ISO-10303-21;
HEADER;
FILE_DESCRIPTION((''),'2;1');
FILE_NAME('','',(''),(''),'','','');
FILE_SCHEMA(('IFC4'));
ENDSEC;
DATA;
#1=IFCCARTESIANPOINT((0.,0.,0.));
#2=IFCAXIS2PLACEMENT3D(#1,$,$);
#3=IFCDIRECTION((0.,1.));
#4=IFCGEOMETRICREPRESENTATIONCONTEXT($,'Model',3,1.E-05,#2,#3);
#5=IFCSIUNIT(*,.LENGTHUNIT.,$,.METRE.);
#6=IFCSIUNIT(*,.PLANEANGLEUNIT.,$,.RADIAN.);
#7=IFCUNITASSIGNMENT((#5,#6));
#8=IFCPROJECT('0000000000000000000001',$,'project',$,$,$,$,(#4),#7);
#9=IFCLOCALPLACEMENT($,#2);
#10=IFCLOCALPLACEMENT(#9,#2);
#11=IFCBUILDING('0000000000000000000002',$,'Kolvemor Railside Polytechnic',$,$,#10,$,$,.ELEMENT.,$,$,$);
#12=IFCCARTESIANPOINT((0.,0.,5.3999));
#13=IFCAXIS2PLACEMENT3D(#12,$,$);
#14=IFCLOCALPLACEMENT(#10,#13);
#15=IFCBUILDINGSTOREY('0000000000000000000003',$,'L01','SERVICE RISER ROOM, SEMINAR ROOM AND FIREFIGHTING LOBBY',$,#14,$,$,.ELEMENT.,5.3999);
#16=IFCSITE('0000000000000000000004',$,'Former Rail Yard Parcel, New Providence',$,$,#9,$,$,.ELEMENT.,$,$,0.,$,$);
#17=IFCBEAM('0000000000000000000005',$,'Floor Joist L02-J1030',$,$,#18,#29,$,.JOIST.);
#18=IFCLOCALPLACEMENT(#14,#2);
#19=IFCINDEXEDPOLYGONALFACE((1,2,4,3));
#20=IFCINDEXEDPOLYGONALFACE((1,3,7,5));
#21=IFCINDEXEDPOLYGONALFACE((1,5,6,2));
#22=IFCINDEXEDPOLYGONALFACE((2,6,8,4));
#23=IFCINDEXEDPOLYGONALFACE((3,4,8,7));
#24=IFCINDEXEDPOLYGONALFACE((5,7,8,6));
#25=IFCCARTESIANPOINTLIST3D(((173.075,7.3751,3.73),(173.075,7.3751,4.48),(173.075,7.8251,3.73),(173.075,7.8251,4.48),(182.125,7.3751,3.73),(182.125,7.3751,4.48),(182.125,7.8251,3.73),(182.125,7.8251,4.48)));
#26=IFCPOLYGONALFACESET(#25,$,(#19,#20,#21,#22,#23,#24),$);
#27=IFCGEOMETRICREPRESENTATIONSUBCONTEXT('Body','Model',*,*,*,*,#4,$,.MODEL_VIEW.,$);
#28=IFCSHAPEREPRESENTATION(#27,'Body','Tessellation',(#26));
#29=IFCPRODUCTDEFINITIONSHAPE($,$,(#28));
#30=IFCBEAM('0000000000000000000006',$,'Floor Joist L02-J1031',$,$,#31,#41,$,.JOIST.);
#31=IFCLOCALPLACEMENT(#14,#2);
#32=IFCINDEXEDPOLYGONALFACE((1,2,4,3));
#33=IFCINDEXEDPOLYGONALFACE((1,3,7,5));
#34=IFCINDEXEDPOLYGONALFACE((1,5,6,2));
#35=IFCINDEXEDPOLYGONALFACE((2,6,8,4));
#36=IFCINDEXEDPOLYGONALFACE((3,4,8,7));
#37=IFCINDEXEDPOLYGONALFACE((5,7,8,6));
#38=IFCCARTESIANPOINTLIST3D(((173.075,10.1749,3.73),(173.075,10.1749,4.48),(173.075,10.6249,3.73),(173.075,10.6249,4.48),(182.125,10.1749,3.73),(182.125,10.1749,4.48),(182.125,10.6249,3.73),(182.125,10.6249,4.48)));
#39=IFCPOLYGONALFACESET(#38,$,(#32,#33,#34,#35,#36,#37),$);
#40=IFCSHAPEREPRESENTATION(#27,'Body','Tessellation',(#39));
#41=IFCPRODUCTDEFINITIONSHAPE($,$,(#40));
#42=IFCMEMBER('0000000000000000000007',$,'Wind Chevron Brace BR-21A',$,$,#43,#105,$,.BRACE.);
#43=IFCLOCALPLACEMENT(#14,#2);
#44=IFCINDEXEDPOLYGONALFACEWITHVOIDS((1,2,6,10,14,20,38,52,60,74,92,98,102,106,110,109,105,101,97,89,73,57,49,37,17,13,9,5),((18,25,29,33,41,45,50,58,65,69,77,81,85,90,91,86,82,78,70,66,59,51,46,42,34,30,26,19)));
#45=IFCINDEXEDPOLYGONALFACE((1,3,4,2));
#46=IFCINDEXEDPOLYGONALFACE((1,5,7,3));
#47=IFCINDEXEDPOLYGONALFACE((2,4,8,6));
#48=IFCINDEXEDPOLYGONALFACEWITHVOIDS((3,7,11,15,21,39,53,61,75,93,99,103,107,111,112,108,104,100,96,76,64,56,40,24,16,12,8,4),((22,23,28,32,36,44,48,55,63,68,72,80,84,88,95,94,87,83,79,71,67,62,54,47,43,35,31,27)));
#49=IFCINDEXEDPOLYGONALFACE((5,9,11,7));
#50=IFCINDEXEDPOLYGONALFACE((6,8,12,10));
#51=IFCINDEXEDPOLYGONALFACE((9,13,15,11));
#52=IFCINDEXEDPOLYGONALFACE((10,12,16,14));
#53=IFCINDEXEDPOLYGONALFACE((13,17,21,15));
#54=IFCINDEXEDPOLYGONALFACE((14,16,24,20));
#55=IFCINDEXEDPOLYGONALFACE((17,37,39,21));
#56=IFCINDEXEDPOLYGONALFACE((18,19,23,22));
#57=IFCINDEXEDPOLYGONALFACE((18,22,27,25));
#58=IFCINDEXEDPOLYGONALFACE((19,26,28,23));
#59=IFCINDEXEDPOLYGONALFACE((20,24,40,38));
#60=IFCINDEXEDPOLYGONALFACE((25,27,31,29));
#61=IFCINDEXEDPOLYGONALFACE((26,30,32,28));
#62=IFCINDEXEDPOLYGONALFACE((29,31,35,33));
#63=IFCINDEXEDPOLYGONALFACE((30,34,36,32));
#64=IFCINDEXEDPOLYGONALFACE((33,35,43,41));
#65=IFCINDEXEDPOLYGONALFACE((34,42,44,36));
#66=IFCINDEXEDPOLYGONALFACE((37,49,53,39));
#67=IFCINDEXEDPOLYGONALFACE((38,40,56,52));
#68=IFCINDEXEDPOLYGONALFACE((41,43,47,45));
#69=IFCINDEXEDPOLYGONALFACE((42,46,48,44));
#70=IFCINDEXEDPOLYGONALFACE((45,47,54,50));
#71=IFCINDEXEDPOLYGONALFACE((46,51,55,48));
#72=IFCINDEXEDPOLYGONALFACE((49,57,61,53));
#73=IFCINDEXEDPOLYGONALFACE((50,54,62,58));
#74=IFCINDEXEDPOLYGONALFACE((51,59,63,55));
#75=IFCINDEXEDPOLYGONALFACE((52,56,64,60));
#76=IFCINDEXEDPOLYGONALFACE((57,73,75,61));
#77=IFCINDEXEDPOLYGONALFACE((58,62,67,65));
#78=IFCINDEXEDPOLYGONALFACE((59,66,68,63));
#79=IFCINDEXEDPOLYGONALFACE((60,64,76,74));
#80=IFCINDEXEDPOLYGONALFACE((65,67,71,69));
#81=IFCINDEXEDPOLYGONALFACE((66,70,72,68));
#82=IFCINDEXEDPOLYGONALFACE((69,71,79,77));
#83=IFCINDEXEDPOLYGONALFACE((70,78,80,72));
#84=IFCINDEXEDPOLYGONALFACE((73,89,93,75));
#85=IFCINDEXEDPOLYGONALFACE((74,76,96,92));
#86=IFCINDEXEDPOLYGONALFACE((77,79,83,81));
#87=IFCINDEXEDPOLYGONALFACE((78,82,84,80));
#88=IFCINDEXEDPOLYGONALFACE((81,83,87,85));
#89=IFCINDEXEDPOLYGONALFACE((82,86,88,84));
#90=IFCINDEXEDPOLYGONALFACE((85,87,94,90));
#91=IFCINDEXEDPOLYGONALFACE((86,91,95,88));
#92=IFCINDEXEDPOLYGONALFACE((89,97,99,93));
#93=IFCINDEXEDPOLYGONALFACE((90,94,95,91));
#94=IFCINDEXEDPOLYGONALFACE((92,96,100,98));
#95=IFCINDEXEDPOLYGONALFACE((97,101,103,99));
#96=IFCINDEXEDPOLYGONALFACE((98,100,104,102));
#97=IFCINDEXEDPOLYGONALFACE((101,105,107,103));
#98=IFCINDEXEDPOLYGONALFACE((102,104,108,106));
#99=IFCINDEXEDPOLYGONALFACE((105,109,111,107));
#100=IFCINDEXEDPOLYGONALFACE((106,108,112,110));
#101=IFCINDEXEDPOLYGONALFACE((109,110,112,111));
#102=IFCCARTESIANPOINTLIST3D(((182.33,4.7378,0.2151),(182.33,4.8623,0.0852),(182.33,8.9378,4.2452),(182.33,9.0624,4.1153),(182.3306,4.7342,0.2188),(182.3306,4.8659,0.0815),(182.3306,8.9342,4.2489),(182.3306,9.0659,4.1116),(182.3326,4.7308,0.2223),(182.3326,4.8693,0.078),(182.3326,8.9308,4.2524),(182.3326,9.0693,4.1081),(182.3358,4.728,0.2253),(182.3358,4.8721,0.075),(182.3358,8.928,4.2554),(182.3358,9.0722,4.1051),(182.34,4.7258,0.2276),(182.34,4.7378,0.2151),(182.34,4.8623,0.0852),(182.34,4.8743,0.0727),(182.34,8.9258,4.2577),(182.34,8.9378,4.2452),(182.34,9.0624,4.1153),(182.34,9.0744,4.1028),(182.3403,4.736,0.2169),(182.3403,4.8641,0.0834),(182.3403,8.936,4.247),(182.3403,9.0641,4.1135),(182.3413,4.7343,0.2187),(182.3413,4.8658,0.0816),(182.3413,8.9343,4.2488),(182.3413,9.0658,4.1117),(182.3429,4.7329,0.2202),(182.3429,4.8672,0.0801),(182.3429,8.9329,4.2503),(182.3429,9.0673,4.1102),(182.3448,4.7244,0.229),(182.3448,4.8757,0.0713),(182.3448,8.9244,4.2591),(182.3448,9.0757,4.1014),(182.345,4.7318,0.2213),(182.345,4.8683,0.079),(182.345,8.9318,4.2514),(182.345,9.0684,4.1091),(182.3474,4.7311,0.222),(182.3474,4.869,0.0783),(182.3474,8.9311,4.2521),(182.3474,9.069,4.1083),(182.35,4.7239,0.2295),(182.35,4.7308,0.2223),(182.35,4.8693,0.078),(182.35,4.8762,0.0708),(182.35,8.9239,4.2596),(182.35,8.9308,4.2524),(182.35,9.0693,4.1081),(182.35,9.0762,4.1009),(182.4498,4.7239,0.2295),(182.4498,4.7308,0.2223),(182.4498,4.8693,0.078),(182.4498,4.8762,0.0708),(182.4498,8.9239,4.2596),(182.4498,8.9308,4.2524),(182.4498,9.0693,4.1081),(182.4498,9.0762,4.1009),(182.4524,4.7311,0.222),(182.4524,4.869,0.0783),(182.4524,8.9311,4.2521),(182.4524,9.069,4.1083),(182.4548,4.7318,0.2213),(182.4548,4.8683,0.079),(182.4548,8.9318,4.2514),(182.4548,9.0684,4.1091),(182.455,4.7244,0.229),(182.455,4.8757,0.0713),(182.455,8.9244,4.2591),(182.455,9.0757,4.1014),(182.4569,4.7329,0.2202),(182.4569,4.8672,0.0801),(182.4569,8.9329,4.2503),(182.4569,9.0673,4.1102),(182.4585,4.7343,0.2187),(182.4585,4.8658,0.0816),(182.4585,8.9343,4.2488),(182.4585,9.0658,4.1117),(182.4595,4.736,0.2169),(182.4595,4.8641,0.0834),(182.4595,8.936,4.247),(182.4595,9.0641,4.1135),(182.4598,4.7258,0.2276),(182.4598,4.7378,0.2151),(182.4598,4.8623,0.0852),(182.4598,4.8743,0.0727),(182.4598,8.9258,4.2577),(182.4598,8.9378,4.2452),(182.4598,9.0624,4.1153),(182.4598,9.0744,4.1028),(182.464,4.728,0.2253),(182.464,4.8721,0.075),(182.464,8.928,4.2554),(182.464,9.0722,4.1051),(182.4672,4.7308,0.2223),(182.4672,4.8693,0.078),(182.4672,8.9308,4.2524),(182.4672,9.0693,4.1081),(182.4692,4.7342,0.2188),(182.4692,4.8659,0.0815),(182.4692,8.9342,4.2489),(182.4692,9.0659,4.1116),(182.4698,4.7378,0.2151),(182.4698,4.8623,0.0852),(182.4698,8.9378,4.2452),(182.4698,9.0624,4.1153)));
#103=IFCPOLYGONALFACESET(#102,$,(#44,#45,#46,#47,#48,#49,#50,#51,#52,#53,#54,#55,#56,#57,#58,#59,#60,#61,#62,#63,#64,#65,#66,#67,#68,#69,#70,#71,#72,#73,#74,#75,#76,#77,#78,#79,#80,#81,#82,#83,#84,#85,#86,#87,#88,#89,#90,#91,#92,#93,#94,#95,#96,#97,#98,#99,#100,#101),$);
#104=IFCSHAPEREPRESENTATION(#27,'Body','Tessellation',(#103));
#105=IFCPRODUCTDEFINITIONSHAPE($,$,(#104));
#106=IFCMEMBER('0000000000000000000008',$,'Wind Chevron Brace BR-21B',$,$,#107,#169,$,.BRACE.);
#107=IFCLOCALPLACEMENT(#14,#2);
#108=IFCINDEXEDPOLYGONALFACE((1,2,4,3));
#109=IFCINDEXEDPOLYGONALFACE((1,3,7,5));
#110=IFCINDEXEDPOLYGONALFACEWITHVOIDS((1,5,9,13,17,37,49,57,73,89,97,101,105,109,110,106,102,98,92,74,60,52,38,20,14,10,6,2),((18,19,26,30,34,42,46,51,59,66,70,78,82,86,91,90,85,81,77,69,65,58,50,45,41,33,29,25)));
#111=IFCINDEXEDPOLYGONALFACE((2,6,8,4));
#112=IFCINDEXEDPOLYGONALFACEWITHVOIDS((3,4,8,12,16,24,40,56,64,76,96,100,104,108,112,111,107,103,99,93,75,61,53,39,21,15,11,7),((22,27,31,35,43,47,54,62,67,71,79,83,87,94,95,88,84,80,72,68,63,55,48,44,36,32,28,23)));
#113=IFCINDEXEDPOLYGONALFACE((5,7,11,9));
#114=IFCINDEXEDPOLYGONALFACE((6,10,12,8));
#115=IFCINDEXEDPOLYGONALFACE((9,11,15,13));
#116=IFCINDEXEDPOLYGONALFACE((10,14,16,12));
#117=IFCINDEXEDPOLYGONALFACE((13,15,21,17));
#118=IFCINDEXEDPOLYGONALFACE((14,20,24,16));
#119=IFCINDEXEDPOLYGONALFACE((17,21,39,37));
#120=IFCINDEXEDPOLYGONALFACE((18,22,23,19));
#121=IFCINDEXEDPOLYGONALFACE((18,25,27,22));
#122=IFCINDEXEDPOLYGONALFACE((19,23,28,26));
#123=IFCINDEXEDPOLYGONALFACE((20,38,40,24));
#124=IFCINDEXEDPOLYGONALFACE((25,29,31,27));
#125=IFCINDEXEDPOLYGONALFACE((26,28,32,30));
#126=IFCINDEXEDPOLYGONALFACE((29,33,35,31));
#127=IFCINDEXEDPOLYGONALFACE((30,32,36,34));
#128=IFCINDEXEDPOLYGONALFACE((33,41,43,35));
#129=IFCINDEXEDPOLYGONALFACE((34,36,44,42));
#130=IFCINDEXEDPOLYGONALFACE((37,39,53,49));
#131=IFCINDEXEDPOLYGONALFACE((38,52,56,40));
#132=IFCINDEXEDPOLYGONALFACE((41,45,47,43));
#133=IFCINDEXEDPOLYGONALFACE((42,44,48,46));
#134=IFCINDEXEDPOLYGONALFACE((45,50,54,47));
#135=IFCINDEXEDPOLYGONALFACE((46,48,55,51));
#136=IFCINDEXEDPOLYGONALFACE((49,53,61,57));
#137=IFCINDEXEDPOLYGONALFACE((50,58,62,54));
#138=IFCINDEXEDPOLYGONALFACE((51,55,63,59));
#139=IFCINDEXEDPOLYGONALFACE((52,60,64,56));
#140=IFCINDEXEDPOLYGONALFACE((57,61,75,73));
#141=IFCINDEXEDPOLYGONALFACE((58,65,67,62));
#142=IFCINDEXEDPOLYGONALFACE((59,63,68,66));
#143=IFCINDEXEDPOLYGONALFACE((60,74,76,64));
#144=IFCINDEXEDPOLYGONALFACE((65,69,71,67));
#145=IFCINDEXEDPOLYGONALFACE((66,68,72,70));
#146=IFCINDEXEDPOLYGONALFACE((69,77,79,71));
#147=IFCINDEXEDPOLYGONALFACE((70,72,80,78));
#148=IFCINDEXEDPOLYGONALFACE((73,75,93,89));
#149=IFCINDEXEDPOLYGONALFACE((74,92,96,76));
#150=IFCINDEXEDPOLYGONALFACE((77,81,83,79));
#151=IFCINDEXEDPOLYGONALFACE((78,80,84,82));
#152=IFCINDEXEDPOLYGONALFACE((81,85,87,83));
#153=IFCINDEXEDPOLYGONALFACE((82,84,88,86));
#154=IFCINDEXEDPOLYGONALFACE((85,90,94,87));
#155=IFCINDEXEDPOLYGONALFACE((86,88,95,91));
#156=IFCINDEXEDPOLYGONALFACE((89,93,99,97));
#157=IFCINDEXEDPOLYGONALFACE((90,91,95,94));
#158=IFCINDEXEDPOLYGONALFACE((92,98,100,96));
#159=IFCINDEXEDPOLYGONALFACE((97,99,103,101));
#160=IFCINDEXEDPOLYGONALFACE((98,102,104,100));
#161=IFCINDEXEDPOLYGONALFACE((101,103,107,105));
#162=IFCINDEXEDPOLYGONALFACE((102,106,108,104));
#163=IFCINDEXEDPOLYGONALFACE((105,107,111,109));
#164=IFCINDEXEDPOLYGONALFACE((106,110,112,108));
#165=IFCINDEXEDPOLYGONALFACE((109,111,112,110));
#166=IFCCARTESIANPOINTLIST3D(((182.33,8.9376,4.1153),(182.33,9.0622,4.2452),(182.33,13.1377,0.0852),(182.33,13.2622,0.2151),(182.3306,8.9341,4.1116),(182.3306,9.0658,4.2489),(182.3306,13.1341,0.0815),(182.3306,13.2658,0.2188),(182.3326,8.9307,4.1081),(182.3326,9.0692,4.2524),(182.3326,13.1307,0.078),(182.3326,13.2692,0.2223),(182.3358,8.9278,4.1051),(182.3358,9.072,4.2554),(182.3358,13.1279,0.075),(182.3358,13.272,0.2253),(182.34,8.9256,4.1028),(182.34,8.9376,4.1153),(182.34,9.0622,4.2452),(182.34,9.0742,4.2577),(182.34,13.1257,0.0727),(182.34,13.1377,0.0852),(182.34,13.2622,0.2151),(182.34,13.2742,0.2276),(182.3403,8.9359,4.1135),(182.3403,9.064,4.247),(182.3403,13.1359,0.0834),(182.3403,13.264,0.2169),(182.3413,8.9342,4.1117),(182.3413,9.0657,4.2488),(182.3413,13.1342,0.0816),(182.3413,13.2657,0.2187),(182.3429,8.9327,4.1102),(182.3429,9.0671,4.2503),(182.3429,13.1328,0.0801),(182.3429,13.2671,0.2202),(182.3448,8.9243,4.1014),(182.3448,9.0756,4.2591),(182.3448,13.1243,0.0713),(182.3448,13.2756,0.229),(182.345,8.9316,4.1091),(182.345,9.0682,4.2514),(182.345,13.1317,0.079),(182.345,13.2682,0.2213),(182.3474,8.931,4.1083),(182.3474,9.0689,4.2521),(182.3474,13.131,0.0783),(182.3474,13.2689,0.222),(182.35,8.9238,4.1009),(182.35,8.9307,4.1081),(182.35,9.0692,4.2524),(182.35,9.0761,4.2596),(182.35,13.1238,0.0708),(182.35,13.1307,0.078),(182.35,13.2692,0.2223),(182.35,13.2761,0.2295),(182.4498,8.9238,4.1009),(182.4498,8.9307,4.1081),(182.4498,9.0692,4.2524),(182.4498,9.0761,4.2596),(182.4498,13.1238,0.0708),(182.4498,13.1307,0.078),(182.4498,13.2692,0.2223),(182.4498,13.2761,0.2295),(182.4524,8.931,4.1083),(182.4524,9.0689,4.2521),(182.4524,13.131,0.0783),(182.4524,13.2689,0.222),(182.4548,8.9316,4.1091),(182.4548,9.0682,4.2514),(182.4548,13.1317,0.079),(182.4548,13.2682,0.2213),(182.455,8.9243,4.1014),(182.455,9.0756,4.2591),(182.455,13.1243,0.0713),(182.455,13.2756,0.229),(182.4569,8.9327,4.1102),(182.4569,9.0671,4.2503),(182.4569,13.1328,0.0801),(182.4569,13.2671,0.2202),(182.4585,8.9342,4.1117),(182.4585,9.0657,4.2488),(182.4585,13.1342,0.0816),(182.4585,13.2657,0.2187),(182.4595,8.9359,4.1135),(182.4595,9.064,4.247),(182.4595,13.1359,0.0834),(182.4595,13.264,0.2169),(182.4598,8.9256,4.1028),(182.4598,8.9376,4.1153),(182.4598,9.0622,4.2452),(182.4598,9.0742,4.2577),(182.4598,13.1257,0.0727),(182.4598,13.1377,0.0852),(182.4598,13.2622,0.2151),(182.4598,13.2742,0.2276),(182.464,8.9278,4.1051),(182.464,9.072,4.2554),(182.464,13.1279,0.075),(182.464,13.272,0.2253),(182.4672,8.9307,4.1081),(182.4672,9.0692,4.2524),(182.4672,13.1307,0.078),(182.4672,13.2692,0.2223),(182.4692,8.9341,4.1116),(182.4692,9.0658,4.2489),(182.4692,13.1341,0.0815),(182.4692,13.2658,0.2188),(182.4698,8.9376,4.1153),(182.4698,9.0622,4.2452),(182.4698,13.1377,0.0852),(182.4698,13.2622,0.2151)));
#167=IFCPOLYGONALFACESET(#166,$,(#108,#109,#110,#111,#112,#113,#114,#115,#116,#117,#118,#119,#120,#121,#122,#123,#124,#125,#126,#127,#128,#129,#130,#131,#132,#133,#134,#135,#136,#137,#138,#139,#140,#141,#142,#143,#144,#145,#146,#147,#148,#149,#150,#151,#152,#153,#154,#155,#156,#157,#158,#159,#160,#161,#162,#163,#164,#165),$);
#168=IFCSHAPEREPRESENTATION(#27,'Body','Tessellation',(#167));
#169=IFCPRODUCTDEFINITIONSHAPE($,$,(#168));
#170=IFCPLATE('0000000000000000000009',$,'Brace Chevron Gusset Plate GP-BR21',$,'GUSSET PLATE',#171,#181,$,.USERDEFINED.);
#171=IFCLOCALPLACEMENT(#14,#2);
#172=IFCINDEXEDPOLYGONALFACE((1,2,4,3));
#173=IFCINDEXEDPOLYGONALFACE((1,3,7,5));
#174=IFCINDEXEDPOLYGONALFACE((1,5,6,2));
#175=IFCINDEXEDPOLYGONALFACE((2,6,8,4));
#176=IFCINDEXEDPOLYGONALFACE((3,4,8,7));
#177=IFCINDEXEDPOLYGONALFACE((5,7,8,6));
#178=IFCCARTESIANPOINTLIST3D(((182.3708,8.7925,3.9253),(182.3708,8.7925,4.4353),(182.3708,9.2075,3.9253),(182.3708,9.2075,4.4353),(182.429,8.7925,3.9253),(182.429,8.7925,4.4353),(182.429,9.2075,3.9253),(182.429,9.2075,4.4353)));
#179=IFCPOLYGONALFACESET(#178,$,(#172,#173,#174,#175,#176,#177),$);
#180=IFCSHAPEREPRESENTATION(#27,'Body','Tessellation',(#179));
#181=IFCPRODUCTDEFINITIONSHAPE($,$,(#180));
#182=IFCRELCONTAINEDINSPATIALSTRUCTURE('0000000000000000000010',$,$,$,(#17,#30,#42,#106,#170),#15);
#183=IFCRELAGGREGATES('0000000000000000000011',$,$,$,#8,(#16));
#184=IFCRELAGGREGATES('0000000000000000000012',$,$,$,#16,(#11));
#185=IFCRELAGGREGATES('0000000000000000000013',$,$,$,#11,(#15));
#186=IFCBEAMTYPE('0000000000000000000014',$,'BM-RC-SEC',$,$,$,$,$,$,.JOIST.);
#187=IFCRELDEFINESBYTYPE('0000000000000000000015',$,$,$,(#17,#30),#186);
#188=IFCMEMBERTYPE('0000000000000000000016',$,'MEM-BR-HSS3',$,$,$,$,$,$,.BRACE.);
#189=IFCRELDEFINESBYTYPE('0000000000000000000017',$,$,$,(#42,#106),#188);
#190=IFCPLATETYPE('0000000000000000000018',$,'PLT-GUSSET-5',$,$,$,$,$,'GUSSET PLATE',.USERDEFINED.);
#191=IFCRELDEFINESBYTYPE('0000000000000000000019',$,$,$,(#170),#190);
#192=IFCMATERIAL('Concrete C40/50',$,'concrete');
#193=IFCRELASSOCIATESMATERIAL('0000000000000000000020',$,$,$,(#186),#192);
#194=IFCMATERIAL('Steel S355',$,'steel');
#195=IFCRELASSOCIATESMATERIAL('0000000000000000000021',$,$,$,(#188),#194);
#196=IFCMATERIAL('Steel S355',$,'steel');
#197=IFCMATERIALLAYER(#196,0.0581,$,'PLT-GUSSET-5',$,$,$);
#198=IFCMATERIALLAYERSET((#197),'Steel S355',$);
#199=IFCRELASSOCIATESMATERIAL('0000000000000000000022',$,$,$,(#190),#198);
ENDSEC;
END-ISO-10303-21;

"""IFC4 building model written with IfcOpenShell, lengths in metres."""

from ifc_helpers import new_model, si_unit, direction, frame, origin, origin_2d, place, context, subcontext, project, spatial, rectangle, hollow_rectangle, extrude, material, layer, layer_set, material_profile, profile_set, type_object, element, save


model = new_model("IFC4")

# Units and contexts
model_context = context("Model", 3, precision=1e-05, world=origin(), true_north=direction((0.0, 1.0)))
body_context = subcontext(model_context, "Body", "Model", "MODEL_VIEW")
ifc_project = project(units=[si_unit("LENGTHUNIT", "METRE"), si_unit("PLANEANGLEUNIT", "RADIAN")], contexts=[model_context])

# Site, building, storey
site_placement = place(None, origin())
site = spatial("IfcSite", under=ifc_project, at=site_placement, Name="Former Rail Yard Parcel, New Providence", CompositionType="ELEMENT", RefElevation=0.0)
building_placement = place(site_placement, origin())
building = spatial("IfcBuilding", under=site, at=building_placement, Name="Kolvemor Railside Polytechnic", CompositionType="ELEMENT")
storey_placement = place(building_placement, frame((0.0, 0.0, 5.3999)))
storey = spatial("IfcBuildingStorey", under=building, at=storey_placement, Name="L01", Description="SERVICE RISER ROOM, SEMINAR ROOM AND FIREFIGHTING LOBBY", CompositionType="ELEMENT", Elevation=5.3999)

# Beams
ifc_material_1 = material(Name="Concrete C40/50", Category="concrete")
ifc_material_profile_1 = material_profile(ifc_material_1, rectangle(XDim=0.45, YDim=0.75, at=origin_2d()), Name="RC450x750")
ifc_profile_set_1 = profile_set([ifc_material_profile_1], Name="Concrete C40/50")
beam_type_1 = type_object("IfcBeamType", Name="BM-RC-SEC", PredefinedType="JOIST", material=ifc_profile_set_1)
for number, where, z_axis, x_axis, name in (
    (1, (173.075, 7.6001, 4.105), (1.0, 0.0, 0.0), (0.0, 1.0, 0.0), "Floor Joist L02-J1030"),
    (2, (173.075, 10.3999, 4.105), (1.0, 0.0, 0.0), (0.0, 1.0, 0.0), "Floor Joist L02-J1031"),
):
    element("IfcBeam", number, at=place(storey_placement, frame(where, z_axis=z_axis, x_axis=x_axis)), inside=storey, type_object=beam_type_1, Name=name, PredefinedType="JOIST", context=body_context, shape_type="SweptSolid", body=[
        extrude(rectangle(XDim=0.45, YDim=0.75, at=origin_2d()), origin(), (0.0, 0.0, 1.0), 9.05),
    ])

# Members
ifc_material_2 = material(Name="Steel S355", Category="steel")
ifc_material_profile_2 = material_profile(ifc_material_2, hollow_rectangle(XDim=0.1399, YDim=0.22, WallThickness=0.01, InnerFilletRadius=0.01, OuterFilletRadius=0.02, at=origin_2d()), Name="HSS220x140x10")
ifc_profile_set_2 = profile_set([ifc_material_profile_2], Name="Steel S355")
member_type = type_object("IfcMemberType", Name="MEM-BR-HSS3", PredefinedType="BRACE", material=ifc_profile_set_2)
for number, where, z_axis, x_axis, name in (
    (3, (182.3999, 4.8, 0.1501), (0.0, 0.721552, 0.69236), (-1.0, 0.0, 0.0), "Wind Chevron Brace BR-21A"),
    (4, (182.3999, 13.2, 0.1501), (0.0, -0.721552, 0.69236), (1.0, 0.0, 0.0), "Wind Chevron Brace BR-21B"),
):
    element("IfcMember", number, at=place(storey_placement, frame(where, z_axis=z_axis, x_axis=x_axis)), inside=storey, type_object=member_type, Name=name, PredefinedType="BRACE", context=body_context, shape_type="SweptSolid", body=[
        extrude(hollow_rectangle(XDim=0.1399, YDim=0.22, WallThickness=0.01, InnerFilletRadius=0.01, OuterFilletRadius=0.02, at=origin_2d()), origin(), (0.0, 0.0, 1.0), 5.8208),
    ])

# Plate
ifc_material_3 = material(Name="Steel S355", Category="steel")
ifc_layer_1 = layer(ifc_material_3, 0.0581, Name="PLT-GUSSET-5")
ifc_layer_set_1 = layer_set([ifc_layer_1], Name="Steel S355")
plate_type = type_object("IfcPlateType", Name="PLT-GUSSET-5", ElementType="GUSSET PLATE", PredefinedType="USERDEFINED", material=ifc_layer_set_1)
plate_placement = place(storey_placement, frame((182.3999, 9.0, 3.9253), z_axis=(0.0, 0.0, 1.0), x_axis=(0.0, 1.0, 0.0)))
element("IfcPlate", 5, at=plate_placement, inside=storey, type_object=plate_type, Name="Brace Chevron Gusset Plate GP-BR21", ObjectType="GUSSET PLATE", PredefinedType="USERDEFINED", context=body_context, shape_type="SweptSolid", body=[
    extrude(rectangle(XDim=0.415, YDim=0.0581, at=origin_2d()), origin(), (0.0, 0.0, 1.0), 0.51),
])

save(model, "model.ifc")
